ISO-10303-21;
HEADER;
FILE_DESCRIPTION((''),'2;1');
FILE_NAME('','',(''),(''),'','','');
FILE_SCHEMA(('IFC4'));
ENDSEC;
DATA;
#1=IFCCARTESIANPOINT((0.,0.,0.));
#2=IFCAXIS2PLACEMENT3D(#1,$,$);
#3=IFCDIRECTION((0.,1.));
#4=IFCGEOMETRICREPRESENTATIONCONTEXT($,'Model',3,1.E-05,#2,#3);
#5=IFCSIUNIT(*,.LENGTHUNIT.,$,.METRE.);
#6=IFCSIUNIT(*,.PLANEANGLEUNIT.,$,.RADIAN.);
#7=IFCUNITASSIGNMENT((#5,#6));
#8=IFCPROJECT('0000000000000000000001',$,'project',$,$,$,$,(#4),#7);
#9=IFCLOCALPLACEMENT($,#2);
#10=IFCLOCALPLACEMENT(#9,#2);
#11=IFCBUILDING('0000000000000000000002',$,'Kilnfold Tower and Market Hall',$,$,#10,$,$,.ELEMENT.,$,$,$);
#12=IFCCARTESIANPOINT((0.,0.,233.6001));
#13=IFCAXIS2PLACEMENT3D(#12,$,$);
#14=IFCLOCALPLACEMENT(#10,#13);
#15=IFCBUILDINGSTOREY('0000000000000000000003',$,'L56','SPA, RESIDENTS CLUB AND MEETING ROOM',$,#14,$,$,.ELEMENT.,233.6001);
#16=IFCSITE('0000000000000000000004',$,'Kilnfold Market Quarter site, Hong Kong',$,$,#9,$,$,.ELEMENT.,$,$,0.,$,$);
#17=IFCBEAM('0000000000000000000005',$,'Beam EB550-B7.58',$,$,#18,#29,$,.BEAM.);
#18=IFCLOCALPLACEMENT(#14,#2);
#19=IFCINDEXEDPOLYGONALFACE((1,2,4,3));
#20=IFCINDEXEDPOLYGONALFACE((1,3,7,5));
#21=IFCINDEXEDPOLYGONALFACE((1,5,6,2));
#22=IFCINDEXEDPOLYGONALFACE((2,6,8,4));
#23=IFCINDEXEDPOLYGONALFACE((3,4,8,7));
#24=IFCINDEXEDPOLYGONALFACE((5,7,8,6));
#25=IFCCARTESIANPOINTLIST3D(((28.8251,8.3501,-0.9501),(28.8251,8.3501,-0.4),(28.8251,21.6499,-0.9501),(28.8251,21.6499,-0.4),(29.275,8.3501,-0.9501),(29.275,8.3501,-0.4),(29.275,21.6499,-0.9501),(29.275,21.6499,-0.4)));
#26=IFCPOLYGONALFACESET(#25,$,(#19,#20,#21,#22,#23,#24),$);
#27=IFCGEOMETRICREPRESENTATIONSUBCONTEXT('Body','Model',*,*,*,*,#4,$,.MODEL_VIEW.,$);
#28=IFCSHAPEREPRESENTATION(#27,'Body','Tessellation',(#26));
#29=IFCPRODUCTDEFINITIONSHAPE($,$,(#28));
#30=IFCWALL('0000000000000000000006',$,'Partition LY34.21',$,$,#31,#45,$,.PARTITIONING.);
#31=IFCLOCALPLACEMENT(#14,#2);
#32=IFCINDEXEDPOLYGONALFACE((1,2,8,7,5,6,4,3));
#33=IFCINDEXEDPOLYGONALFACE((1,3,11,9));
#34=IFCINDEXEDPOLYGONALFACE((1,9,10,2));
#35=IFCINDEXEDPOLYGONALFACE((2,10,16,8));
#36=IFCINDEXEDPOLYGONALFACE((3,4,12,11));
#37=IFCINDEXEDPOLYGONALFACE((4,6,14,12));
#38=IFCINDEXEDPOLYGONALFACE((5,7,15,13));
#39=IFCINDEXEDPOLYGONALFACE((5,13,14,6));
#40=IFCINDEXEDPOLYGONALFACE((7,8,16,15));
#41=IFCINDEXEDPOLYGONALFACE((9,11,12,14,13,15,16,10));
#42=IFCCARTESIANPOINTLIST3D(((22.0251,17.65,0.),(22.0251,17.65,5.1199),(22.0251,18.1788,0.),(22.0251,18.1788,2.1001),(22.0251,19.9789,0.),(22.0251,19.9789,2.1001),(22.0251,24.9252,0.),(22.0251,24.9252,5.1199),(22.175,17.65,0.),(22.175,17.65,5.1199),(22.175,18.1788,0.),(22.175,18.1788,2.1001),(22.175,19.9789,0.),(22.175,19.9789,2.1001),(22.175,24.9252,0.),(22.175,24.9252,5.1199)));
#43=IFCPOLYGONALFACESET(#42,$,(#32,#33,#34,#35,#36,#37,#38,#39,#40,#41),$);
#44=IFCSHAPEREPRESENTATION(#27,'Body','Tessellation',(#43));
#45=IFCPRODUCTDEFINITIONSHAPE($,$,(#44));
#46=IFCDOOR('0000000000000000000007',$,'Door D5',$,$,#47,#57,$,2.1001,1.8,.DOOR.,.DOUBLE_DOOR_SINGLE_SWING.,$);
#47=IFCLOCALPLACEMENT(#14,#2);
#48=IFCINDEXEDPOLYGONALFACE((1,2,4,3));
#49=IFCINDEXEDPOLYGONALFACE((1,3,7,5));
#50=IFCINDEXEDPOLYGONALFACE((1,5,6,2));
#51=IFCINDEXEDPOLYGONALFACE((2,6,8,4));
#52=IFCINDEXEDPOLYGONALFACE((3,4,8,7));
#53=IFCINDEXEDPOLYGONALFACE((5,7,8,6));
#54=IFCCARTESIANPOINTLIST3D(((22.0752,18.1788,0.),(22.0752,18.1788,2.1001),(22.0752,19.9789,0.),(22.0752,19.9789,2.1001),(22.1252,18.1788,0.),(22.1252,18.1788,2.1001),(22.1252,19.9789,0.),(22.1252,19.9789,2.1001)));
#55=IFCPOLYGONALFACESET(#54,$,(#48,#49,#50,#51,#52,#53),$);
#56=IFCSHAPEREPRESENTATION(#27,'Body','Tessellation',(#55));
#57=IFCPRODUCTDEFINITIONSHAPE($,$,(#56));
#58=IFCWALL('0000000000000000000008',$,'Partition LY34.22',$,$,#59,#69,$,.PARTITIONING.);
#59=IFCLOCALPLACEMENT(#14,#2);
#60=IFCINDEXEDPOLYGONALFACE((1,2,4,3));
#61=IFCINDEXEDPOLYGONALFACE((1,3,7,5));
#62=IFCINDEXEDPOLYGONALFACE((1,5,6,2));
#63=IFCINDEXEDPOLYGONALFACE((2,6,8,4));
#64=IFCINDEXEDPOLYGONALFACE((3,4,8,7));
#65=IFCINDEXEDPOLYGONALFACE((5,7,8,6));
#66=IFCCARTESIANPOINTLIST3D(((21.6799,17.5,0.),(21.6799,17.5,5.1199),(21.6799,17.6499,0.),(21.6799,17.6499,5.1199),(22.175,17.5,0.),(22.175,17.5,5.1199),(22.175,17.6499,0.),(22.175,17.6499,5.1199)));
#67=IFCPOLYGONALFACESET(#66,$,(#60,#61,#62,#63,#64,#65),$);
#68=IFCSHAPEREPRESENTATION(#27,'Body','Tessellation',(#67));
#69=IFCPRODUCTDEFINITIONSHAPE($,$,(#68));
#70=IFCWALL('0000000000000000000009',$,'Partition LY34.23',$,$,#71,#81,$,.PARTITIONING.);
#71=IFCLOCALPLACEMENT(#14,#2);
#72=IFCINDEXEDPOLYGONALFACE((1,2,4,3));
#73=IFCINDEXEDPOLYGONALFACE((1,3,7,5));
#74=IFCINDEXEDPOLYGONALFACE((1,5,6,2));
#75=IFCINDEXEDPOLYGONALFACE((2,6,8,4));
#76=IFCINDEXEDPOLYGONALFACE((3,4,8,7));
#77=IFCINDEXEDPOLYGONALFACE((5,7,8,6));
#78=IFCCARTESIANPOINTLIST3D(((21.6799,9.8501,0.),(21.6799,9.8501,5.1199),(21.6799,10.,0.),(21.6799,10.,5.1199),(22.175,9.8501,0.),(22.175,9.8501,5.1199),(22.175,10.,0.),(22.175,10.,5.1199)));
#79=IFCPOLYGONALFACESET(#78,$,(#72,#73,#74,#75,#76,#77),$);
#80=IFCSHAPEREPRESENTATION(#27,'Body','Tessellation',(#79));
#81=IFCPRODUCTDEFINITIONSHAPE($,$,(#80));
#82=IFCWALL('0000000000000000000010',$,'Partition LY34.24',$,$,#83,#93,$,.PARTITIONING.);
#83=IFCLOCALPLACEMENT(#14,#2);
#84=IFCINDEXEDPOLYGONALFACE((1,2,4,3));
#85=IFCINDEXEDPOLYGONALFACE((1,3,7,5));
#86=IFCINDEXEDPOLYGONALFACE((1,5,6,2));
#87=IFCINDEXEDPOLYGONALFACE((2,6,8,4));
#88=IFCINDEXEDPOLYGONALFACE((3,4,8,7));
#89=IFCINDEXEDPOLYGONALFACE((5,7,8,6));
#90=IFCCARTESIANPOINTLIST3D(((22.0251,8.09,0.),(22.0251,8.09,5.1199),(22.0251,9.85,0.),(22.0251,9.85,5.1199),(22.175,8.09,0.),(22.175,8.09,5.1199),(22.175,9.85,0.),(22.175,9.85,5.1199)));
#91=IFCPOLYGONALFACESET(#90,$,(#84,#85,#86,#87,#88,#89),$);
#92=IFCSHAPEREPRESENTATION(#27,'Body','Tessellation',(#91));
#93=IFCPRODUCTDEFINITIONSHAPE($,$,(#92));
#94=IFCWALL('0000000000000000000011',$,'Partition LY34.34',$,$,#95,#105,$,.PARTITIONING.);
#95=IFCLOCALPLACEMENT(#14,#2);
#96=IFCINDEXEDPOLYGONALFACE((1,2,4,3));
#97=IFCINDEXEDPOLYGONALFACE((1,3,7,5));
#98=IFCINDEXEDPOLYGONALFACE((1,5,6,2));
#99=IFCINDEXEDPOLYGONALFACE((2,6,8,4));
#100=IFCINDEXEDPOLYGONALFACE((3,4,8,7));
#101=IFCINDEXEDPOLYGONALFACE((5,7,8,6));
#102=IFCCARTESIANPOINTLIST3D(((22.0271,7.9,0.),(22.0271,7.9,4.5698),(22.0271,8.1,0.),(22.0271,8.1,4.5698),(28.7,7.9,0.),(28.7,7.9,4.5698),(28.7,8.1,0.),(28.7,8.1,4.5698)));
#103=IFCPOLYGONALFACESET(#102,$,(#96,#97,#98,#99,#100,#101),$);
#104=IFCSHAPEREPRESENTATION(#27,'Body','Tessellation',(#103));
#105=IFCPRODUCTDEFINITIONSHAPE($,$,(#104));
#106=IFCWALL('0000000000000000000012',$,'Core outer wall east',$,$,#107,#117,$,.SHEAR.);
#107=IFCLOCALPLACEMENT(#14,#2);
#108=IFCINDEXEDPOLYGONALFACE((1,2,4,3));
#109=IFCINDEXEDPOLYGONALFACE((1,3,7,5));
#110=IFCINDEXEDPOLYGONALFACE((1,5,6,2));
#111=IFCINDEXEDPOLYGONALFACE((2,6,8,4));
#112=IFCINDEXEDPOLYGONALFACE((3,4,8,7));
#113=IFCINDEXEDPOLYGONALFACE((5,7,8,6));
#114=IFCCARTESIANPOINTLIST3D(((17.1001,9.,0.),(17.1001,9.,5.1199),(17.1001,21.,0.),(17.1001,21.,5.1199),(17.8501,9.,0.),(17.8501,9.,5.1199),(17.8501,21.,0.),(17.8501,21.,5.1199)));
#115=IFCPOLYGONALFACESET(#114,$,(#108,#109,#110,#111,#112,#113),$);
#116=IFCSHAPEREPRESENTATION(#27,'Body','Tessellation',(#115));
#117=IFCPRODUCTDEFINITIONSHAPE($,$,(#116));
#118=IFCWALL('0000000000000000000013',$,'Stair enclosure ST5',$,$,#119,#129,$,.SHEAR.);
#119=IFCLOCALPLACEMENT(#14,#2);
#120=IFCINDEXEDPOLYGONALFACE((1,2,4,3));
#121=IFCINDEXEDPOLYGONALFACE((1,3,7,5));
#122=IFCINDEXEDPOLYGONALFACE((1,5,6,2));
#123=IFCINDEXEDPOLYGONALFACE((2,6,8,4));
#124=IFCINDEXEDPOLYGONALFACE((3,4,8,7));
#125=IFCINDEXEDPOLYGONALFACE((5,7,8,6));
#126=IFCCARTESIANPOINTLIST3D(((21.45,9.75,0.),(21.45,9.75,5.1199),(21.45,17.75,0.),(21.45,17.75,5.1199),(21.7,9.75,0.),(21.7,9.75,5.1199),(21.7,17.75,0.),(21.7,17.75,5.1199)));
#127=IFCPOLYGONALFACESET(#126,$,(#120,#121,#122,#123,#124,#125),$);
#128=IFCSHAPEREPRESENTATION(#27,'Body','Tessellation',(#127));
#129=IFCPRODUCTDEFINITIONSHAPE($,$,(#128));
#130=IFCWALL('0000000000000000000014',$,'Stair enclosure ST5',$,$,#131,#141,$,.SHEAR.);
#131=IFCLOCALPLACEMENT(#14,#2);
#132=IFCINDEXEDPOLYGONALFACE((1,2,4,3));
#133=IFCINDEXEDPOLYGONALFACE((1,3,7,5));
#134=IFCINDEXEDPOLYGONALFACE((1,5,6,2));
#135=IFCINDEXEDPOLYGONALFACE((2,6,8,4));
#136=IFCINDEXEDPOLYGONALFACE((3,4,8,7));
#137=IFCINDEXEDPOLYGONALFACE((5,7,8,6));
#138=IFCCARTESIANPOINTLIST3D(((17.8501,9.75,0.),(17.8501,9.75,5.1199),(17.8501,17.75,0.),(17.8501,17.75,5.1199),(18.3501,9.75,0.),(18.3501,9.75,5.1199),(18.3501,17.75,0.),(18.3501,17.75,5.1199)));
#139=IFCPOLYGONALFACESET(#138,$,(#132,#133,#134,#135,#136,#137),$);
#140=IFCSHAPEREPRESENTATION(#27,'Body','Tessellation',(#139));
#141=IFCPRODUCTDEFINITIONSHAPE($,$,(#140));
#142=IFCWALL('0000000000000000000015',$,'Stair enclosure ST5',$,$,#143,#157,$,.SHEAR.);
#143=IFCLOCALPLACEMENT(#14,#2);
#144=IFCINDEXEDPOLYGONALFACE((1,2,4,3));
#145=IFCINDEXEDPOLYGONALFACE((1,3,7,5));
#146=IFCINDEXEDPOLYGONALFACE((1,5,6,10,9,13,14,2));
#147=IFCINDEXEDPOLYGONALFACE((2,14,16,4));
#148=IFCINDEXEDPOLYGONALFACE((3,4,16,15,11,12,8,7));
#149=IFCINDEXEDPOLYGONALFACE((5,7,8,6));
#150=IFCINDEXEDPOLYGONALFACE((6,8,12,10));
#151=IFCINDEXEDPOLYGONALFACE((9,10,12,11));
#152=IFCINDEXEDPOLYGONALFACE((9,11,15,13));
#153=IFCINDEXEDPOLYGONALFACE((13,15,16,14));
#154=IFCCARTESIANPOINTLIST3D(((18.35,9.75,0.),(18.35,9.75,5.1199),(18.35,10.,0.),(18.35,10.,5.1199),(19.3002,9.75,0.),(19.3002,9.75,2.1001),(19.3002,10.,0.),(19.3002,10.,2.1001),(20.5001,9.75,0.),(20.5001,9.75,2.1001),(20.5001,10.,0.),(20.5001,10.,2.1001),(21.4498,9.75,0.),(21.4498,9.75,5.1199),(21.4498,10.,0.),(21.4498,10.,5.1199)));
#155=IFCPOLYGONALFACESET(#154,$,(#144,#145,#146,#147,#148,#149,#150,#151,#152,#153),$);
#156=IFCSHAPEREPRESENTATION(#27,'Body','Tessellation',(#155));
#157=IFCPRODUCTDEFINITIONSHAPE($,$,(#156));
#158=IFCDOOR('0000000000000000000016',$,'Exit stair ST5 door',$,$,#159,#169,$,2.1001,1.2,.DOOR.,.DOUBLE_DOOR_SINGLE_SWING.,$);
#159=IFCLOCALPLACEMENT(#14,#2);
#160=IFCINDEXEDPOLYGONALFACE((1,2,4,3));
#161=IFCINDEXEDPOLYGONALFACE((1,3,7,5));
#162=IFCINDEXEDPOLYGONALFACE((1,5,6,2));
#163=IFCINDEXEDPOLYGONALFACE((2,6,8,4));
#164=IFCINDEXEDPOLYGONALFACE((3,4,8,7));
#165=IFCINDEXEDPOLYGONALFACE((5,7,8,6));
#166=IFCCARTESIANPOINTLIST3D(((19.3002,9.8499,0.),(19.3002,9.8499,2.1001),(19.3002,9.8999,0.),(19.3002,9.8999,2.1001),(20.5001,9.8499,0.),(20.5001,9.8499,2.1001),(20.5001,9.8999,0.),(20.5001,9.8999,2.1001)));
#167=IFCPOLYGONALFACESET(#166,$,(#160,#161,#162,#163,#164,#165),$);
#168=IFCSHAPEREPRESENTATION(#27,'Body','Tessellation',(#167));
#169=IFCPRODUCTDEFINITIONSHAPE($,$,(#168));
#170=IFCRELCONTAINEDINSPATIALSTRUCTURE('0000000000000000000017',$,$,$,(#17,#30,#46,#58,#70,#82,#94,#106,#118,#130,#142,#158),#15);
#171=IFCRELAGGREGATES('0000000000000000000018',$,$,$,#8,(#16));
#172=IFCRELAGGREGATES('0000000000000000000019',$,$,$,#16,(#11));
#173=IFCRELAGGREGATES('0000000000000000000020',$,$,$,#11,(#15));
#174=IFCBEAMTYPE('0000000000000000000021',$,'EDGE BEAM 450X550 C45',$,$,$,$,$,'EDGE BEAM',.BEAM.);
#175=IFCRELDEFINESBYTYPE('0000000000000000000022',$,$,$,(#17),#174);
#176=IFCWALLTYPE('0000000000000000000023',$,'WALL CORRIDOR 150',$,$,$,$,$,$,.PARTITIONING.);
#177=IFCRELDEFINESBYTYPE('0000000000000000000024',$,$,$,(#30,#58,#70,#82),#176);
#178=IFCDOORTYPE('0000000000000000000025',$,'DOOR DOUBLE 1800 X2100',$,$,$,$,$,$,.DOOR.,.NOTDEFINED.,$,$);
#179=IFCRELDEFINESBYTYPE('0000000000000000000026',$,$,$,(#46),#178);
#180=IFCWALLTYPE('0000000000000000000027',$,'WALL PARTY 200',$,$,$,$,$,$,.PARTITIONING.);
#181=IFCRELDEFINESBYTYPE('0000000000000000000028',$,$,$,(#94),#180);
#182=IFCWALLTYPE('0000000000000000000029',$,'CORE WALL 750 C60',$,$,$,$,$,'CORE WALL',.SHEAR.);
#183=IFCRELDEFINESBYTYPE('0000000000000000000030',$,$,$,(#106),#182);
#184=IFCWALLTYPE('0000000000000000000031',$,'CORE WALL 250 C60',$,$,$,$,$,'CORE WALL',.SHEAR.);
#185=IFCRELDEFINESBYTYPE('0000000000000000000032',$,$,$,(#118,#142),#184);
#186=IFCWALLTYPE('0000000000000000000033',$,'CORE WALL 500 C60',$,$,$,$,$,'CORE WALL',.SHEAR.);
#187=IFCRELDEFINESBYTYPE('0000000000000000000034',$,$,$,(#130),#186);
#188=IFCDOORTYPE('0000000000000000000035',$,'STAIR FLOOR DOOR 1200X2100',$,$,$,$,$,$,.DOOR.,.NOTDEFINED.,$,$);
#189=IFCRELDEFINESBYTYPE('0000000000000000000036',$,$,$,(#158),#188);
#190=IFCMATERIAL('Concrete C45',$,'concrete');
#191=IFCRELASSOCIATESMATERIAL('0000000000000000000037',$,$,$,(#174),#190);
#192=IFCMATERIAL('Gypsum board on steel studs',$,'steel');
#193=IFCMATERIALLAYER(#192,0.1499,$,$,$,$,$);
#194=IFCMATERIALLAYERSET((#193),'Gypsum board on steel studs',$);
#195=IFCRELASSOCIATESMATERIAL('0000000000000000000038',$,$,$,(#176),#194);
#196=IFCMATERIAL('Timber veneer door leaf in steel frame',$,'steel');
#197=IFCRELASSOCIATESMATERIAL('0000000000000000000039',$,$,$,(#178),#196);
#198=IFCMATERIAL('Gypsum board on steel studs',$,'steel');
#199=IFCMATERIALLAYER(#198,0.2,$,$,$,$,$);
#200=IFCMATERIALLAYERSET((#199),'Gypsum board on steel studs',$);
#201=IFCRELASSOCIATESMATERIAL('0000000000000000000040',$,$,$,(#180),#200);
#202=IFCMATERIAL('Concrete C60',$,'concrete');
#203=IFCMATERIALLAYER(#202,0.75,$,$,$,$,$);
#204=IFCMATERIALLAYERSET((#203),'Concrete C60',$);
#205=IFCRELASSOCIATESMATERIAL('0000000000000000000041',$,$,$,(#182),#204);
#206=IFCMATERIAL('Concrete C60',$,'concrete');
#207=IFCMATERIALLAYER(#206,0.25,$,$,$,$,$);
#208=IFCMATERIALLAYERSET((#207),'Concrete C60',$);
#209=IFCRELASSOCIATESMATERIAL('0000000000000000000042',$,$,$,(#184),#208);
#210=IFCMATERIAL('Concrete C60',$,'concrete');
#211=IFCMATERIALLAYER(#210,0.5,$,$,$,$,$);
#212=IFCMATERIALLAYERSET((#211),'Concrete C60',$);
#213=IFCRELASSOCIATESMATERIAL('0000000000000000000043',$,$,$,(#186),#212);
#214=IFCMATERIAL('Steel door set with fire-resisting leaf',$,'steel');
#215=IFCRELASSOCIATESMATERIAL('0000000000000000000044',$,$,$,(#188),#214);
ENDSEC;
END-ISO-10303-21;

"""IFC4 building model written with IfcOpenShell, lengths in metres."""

from ifc_helpers import new_model, si_unit, direction, frame, frame_2d, origin, origin_2d, place, context, subcontext, project, spatial, rectangle, extrude, source, transform, mapped, material, layer, layer_set, material_profile, profile_set, type_object, element, fill, save


model = new_model("IFC4")

# Units and contexts
model_context = context("Model", 3, precision=1e-05, world=origin(), true_north=direction((0.0, 1.0)))
body_context = subcontext(model_context, "Body", "Model", "MODEL_VIEW")
ifc_project = project(units=[si_unit("LENGTHUNIT", "METRE"), si_unit("PLANEANGLEUNIT", "RADIAN")], contexts=[model_context])

# Site, building, storey
site_placement = place(None, origin())
site = spatial("IfcSite", under=ifc_project, at=site_placement, Name="Kilnfold Market Quarter site, Hong Kong", CompositionType="ELEMENT", RefElevation=0.0)
building_placement = place(site_placement, origin())
building = spatial("IfcBuilding", under=site, at=building_placement, Name="Kilnfold Tower and Market Hall", CompositionType="ELEMENT")
storey_placement = place(building_placement, frame((0.0, 0.0, 233.6001)))
storey = spatial("IfcBuildingStorey", under=building, at=storey_placement, Name="L56", Description="SPA, RESIDENTS CLUB AND MEETING ROOM", CompositionType="ELEMENT", Elevation=233.6001)

# Beam
ifc_material_1 = material(Name="Concrete C45", Category="concrete")
ifc_material_profile = material_profile(ifc_material_1, rectangle(XDim=0.45, YDim=0.55, at=origin_2d()), Name="RC 450x550")
ifc_profile_set = profile_set([ifc_material_profile], Name="Concrete C45")
beam_type = type_object("IfcBeamType", Name="EDGE BEAM 450X550 C45", ElementType="EDGE BEAM", PredefinedType="BEAM", material=ifc_profile_set)
shared_shape_1 = source(origin(), body_context, "Body", "SweptSolid", [
    extrude(rectangle(XDim=0.45, YDim=0.55, at=origin_2d()), origin(), (0.0, 0.0, 1.0), 13.2998),
])
beam_placement = place(storey_placement, frame((29.05, 8.3501, -0.675), z_axis=(0.0, 1.0, 0.0), x_axis=(-1.0, 0.0, 0.0)))
element("IfcBeam", 1, at=beam_placement, inside=storey, type_object=beam_type, Name="Beam EB550-B7.58", PredefinedType="BEAM", context=body_context, shape_type="MappedRepresentation", body=[
    mapped(shared_shape_1, transform((0.0, 0.0, 0.0))),
])

# Wall, opening, door
ifc_material_2 = material(Name="Gypsum board on steel studs", Category="steel")
ifc_layer_1 = layer(ifc_material_2, 0.1499)
ifc_layer_set_1 = layer_set([ifc_layer_1], Name="Gypsum board on steel studs")
wall_type_1 = type_object("IfcWallType", Name="WALL CORRIDOR 150", PredefinedType="PARTITIONING", material=ifc_layer_set_1)
wall_1_placement = place(storey_placement, frame((22.1001, 17.6499, 0.0), z_axis=(0.0, 0.0, 1.0), x_axis=(0.0, 1.0, 0.0)))
wall_1 = element("IfcWall", 2, at=wall_1_placement, inside=storey, type_object=wall_type_1, Name="Partition LY34.21", PredefinedType="PARTITIONING", context=body_context, shape_type="SweptSolid", body=[
    extrude(rectangle(XDim=7.2751, YDim=0.1499, at=frame_2d((3.6377, 0.0))), origin(), (0.0, 0.0, 1.0), 5.1199),
])
opening_1_placement = place(wall_1_placement, frame((0.5291, 0.0, 0.0)))
opening_1 = element("IfcOpeningElement", 3, at=opening_1_placement, cuts=wall_1, PredefinedType="OPENING", context=body_context, shape_type="SweptSolid", body=[
    extrude(rectangle(XDim=1.8, YDim=2.1001, at=frame_2d((0.8999, 1.05))), frame((0.0, 0.085, 0.0), z_axis=(0.0, -1.0, 0.0), x_axis=(1.0, 0.0, 0.0)), (0.0, 0.0, 1.0), 0.1699),
])
ifc_material_3 = material(Name="Timber veneer door leaf in steel frame", Category="steel")
door_type_1 = type_object("IfcDoorType", Name="DOOR DOUBLE 1800 X2100", OperationType="NOTDEFINED", PredefinedType="DOOR", material=ifc_material_3)
door_1_placement = place(opening_1_placement, origin())
door_1 = element("IfcDoor", 4, at=door_1_placement, inside=storey, type_object=door_type_1, Name="Door D5", OperationType="DOUBLE_DOOR_SINGLE_SWING", OverallHeight=2.1001, OverallWidth=1.8, PredefinedType="DOOR", context=body_context, shape_type="SweptSolid", body=[
    extrude(rectangle(XDim=1.8, YDim=2.1001, at=frame_2d((0.8999, 1.05))), frame((0.0, 0.0249, 0.0), z_axis=(0.0, -1.0, 0.0), x_axis=(1.0, 0.0, 0.0)), (0.0, 0.0, 1.0), 0.05),
])
fill(opening_1, door_1)

# Walls
for number, where, z_axis, x_axis, name in (
    (5, (21.6799, 17.575, 0.0), (0.0, 0.0, 1.0), (1.0, 0.0, 0.0), "Partition LY34.22"),
    (6, (22.175, 9.925, 0.0), (0.0, 0.0, 1.0), (-1.0, 0.0, 0.0), "Partition LY34.23"),
):
    element("IfcWall", number, at=place(storey_placement, frame(where, z_axis=z_axis, x_axis=x_axis)), inside=storey, type_object=wall_type_1, Name=name, PredefinedType="PARTITIONING", context=body_context, shape_type="SweptSolid", body=[
        extrude(rectangle(XDim=0.4951, YDim=0.1499, at=frame_2d((0.2476, 0.0))), origin(), (0.0, 0.0, 1.0), 5.1199),
    ])
wall_2_placement = place(storey_placement, frame((22.1001, 8.0901, 0.0), z_axis=(0.0, 0.0, 1.0), x_axis=(0.0, 1.0, 0.0)))
element("IfcWall", 7, at=wall_2_placement, inside=storey, type_object=wall_type_1, Name="Partition LY34.24", PredefinedType="PARTITIONING", context=body_context, shape_type="SweptSolid", body=[
    extrude(rectangle(XDim=1.76, YDim=0.1499, at=frame_2d((0.8799, 0.0))), origin(), (0.0, 0.0, 1.0), 5.1199),
])
ifc_material_4 = material(Name="Gypsum board on steel studs", Category="steel")
ifc_layer_2 = layer(ifc_material_4, 0.2)
ifc_layer_set_2 = layer_set([ifc_layer_2], Name="Gypsum board on steel studs")
wall_type_2 = type_object("IfcWallType", Name="WALL PARTY 200", PredefinedType="PARTITIONING", material=ifc_layer_set_2)
wall_3_placement = place(storey_placement, frame((28.7, 8.0, 0.0), z_axis=(0.0, 0.0, 1.0), x_axis=(-1.0, 0.0, 0.0)))
element("IfcWall", 8, at=wall_3_placement, inside=storey, type_object=wall_type_2, Name="Partition LY34.34", PredefinedType="PARTITIONING", context=body_context, shape_type="SweptSolid", body=[
    extrude(rectangle(XDim=6.6729, YDim=0.2, at=frame_2d((3.3364, 0.0))), origin(), (0.0, 0.0, 1.0), 4.5698),
])
ifc_material_5 = material(Name="Concrete C60", Category="concrete")
ifc_layer_3 = layer(ifc_material_5, 0.75)
ifc_layer_set_3 = layer_set([ifc_layer_3], Name="Concrete C60")
wall_type_3 = type_object("IfcWallType", Name="CORE WALL 750 C60", ElementType="CORE WALL", PredefinedType="SHEAR", material=ifc_layer_set_3)
shared_shape_2 = source(origin(), body_context, "Body", "SweptSolid", [
    extrude(rectangle(XDim=12.0, YDim=0.75, at=frame_2d((6.0, 0.0))), origin(), (0.0, 0.0, 1.0), 5.1199),
])
wall_4_placement = place(storey_placement, frame((17.4751, 9.0, 0.0), z_axis=(0.0, 0.0, 1.0), x_axis=(0.0, 1.0, 0.0)))
element("IfcWall", 9, at=wall_4_placement, inside=storey, type_object=wall_type_3, Name="Core outer wall east", PredefinedType="SHEAR", context=body_context, shape_type="MappedRepresentation", body=[
    mapped(shared_shape_2, transform((0.0, 0.0, 0.0))),
])
ifc_material_6 = material(Name="Concrete C60", Category="concrete")
ifc_layer_4 = layer(ifc_material_6, 0.25)
ifc_layer_set_4 = layer_set([ifc_layer_4], Name="Concrete C60")
wall_type_4 = type_object("IfcWallType", Name="CORE WALL 250 C60", ElementType="CORE WALL", PredefinedType="SHEAR", material=ifc_layer_set_4)
shared_shape_3 = source(origin(), body_context, "Body", "SweptSolid", [
    extrude(rectangle(XDim=8.0, YDim=0.25, at=frame_2d((4.0, 0.0))), origin(), (0.0, 0.0, 1.0), 5.1199),
])
wall_5_placement = place(storey_placement, frame((21.575, 9.75, 0.0), z_axis=(0.0, 0.0, 1.0), x_axis=(0.0, 1.0, 0.0)))
element("IfcWall", 10, at=wall_5_placement, inside=storey, type_object=wall_type_4, Name="Stair enclosure ST5", PredefinedType="SHEAR", context=body_context, shape_type="MappedRepresentation", body=[
    mapped(shared_shape_3, transform((0.0, 0.0, 0.0))),
])
ifc_material_7 = material(Name="Concrete C60", Category="concrete")
ifc_layer_5 = layer(ifc_material_7, 0.5)
ifc_layer_set_5 = layer_set([ifc_layer_5], Name="Concrete C60")
wall_type_5 = type_object("IfcWallType", Name="CORE WALL 500 C60", ElementType="CORE WALL", PredefinedType="SHEAR", material=ifc_layer_set_5)
shared_shape_4 = source(origin(), body_context, "Body", "SweptSolid", [
    extrude(rectangle(XDim=8.0, YDim=0.5, at=frame_2d((4.0, 0.0))), origin(), (0.0, 0.0, 1.0), 5.1199),
])
wall_6_placement = place(storey_placement, frame((18.1001, 9.75, 0.0), z_axis=(0.0, 0.0, 1.0), x_axis=(0.0, 1.0, 0.0)))
element("IfcWall", 11, at=wall_6_placement, inside=storey, type_object=wall_type_5, Name="Stair enclosure ST5", PredefinedType="SHEAR", context=body_context, shape_type="MappedRepresentation", body=[
    mapped(shared_shape_4, transform((0.0, 0.0, 0.0))),
])

# Wall, opening, door
shared_shape_5 = source(origin(), body_context, "Body", "SweptSolid", [
    extrude(rectangle(XDim=3.0999, YDim=0.25, at=frame_2d((1.5498, 0.0))), origin(), (0.0, 0.0, 1.0), 5.1199),
])
wall_7_placement = place(storey_placement, frame((18.3501, 9.875, 0.0), z_axis=(0.0, 0.0, 1.0), x_axis=(1.0, 0.0, 0.0)))
wall_7 = element("IfcWall", 12, at=wall_7_placement, inside=storey, type_object=wall_type_4, Name="Stair enclosure ST5", PredefinedType="SHEAR", context=body_context, shape_type="MappedRepresentation", body=[
    mapped(shared_shape_5, transform((0.0, 0.0, 0.0))),
])
opening_2_placement = place(wall_7_placement, frame((0.95, 0.0, 0.0)))
opening_2 = element("IfcOpeningElement", 13, at=opening_2_placement, cuts=wall_7, PredefinedType="OPENING", context=body_context, shape_type="SweptSolid", body=[
    extrude(rectangle(XDim=1.2, YDim=2.1001, at=frame_2d((0.6001, 1.05))), frame((0.0, 0.135, 0.0), z_axis=(0.0, -1.0, 0.0), x_axis=(1.0, 0.0, 0.0)), (0.0, 0.0, 1.0), 0.27),
])
ifc_material_8 = material(Name="Steel door set with fire-resisting leaf", Category="steel")
door_type_2 = type_object("IfcDoorType", Name="STAIR FLOOR DOOR 1200X2100", OperationType="NOTDEFINED", PredefinedType="DOOR", material=ifc_material_8)
door_2_placement = place(opening_2_placement, origin())
door_2 = element("IfcDoor", 14, at=door_2_placement, inside=storey, type_object=door_type_2, Name="Exit stair ST5 door", OperationType="DOUBLE_DOOR_SINGLE_SWING", OverallHeight=2.1001, OverallWidth=1.2, PredefinedType="DOOR", context=body_context, shape_type="SweptSolid", body=[
    extrude(rectangle(XDim=1.2, YDim=2.1001, at=frame_2d((0.6001, 1.05))), frame((0.0, 0.0249, 0.0), z_axis=(0.0, -1.0, 0.0), x_axis=(1.0, 0.0, 0.0)), (0.0, 0.0, 1.0), 0.05),
])
fill(opening_2, door_2)

save(model, "model.ifc")
